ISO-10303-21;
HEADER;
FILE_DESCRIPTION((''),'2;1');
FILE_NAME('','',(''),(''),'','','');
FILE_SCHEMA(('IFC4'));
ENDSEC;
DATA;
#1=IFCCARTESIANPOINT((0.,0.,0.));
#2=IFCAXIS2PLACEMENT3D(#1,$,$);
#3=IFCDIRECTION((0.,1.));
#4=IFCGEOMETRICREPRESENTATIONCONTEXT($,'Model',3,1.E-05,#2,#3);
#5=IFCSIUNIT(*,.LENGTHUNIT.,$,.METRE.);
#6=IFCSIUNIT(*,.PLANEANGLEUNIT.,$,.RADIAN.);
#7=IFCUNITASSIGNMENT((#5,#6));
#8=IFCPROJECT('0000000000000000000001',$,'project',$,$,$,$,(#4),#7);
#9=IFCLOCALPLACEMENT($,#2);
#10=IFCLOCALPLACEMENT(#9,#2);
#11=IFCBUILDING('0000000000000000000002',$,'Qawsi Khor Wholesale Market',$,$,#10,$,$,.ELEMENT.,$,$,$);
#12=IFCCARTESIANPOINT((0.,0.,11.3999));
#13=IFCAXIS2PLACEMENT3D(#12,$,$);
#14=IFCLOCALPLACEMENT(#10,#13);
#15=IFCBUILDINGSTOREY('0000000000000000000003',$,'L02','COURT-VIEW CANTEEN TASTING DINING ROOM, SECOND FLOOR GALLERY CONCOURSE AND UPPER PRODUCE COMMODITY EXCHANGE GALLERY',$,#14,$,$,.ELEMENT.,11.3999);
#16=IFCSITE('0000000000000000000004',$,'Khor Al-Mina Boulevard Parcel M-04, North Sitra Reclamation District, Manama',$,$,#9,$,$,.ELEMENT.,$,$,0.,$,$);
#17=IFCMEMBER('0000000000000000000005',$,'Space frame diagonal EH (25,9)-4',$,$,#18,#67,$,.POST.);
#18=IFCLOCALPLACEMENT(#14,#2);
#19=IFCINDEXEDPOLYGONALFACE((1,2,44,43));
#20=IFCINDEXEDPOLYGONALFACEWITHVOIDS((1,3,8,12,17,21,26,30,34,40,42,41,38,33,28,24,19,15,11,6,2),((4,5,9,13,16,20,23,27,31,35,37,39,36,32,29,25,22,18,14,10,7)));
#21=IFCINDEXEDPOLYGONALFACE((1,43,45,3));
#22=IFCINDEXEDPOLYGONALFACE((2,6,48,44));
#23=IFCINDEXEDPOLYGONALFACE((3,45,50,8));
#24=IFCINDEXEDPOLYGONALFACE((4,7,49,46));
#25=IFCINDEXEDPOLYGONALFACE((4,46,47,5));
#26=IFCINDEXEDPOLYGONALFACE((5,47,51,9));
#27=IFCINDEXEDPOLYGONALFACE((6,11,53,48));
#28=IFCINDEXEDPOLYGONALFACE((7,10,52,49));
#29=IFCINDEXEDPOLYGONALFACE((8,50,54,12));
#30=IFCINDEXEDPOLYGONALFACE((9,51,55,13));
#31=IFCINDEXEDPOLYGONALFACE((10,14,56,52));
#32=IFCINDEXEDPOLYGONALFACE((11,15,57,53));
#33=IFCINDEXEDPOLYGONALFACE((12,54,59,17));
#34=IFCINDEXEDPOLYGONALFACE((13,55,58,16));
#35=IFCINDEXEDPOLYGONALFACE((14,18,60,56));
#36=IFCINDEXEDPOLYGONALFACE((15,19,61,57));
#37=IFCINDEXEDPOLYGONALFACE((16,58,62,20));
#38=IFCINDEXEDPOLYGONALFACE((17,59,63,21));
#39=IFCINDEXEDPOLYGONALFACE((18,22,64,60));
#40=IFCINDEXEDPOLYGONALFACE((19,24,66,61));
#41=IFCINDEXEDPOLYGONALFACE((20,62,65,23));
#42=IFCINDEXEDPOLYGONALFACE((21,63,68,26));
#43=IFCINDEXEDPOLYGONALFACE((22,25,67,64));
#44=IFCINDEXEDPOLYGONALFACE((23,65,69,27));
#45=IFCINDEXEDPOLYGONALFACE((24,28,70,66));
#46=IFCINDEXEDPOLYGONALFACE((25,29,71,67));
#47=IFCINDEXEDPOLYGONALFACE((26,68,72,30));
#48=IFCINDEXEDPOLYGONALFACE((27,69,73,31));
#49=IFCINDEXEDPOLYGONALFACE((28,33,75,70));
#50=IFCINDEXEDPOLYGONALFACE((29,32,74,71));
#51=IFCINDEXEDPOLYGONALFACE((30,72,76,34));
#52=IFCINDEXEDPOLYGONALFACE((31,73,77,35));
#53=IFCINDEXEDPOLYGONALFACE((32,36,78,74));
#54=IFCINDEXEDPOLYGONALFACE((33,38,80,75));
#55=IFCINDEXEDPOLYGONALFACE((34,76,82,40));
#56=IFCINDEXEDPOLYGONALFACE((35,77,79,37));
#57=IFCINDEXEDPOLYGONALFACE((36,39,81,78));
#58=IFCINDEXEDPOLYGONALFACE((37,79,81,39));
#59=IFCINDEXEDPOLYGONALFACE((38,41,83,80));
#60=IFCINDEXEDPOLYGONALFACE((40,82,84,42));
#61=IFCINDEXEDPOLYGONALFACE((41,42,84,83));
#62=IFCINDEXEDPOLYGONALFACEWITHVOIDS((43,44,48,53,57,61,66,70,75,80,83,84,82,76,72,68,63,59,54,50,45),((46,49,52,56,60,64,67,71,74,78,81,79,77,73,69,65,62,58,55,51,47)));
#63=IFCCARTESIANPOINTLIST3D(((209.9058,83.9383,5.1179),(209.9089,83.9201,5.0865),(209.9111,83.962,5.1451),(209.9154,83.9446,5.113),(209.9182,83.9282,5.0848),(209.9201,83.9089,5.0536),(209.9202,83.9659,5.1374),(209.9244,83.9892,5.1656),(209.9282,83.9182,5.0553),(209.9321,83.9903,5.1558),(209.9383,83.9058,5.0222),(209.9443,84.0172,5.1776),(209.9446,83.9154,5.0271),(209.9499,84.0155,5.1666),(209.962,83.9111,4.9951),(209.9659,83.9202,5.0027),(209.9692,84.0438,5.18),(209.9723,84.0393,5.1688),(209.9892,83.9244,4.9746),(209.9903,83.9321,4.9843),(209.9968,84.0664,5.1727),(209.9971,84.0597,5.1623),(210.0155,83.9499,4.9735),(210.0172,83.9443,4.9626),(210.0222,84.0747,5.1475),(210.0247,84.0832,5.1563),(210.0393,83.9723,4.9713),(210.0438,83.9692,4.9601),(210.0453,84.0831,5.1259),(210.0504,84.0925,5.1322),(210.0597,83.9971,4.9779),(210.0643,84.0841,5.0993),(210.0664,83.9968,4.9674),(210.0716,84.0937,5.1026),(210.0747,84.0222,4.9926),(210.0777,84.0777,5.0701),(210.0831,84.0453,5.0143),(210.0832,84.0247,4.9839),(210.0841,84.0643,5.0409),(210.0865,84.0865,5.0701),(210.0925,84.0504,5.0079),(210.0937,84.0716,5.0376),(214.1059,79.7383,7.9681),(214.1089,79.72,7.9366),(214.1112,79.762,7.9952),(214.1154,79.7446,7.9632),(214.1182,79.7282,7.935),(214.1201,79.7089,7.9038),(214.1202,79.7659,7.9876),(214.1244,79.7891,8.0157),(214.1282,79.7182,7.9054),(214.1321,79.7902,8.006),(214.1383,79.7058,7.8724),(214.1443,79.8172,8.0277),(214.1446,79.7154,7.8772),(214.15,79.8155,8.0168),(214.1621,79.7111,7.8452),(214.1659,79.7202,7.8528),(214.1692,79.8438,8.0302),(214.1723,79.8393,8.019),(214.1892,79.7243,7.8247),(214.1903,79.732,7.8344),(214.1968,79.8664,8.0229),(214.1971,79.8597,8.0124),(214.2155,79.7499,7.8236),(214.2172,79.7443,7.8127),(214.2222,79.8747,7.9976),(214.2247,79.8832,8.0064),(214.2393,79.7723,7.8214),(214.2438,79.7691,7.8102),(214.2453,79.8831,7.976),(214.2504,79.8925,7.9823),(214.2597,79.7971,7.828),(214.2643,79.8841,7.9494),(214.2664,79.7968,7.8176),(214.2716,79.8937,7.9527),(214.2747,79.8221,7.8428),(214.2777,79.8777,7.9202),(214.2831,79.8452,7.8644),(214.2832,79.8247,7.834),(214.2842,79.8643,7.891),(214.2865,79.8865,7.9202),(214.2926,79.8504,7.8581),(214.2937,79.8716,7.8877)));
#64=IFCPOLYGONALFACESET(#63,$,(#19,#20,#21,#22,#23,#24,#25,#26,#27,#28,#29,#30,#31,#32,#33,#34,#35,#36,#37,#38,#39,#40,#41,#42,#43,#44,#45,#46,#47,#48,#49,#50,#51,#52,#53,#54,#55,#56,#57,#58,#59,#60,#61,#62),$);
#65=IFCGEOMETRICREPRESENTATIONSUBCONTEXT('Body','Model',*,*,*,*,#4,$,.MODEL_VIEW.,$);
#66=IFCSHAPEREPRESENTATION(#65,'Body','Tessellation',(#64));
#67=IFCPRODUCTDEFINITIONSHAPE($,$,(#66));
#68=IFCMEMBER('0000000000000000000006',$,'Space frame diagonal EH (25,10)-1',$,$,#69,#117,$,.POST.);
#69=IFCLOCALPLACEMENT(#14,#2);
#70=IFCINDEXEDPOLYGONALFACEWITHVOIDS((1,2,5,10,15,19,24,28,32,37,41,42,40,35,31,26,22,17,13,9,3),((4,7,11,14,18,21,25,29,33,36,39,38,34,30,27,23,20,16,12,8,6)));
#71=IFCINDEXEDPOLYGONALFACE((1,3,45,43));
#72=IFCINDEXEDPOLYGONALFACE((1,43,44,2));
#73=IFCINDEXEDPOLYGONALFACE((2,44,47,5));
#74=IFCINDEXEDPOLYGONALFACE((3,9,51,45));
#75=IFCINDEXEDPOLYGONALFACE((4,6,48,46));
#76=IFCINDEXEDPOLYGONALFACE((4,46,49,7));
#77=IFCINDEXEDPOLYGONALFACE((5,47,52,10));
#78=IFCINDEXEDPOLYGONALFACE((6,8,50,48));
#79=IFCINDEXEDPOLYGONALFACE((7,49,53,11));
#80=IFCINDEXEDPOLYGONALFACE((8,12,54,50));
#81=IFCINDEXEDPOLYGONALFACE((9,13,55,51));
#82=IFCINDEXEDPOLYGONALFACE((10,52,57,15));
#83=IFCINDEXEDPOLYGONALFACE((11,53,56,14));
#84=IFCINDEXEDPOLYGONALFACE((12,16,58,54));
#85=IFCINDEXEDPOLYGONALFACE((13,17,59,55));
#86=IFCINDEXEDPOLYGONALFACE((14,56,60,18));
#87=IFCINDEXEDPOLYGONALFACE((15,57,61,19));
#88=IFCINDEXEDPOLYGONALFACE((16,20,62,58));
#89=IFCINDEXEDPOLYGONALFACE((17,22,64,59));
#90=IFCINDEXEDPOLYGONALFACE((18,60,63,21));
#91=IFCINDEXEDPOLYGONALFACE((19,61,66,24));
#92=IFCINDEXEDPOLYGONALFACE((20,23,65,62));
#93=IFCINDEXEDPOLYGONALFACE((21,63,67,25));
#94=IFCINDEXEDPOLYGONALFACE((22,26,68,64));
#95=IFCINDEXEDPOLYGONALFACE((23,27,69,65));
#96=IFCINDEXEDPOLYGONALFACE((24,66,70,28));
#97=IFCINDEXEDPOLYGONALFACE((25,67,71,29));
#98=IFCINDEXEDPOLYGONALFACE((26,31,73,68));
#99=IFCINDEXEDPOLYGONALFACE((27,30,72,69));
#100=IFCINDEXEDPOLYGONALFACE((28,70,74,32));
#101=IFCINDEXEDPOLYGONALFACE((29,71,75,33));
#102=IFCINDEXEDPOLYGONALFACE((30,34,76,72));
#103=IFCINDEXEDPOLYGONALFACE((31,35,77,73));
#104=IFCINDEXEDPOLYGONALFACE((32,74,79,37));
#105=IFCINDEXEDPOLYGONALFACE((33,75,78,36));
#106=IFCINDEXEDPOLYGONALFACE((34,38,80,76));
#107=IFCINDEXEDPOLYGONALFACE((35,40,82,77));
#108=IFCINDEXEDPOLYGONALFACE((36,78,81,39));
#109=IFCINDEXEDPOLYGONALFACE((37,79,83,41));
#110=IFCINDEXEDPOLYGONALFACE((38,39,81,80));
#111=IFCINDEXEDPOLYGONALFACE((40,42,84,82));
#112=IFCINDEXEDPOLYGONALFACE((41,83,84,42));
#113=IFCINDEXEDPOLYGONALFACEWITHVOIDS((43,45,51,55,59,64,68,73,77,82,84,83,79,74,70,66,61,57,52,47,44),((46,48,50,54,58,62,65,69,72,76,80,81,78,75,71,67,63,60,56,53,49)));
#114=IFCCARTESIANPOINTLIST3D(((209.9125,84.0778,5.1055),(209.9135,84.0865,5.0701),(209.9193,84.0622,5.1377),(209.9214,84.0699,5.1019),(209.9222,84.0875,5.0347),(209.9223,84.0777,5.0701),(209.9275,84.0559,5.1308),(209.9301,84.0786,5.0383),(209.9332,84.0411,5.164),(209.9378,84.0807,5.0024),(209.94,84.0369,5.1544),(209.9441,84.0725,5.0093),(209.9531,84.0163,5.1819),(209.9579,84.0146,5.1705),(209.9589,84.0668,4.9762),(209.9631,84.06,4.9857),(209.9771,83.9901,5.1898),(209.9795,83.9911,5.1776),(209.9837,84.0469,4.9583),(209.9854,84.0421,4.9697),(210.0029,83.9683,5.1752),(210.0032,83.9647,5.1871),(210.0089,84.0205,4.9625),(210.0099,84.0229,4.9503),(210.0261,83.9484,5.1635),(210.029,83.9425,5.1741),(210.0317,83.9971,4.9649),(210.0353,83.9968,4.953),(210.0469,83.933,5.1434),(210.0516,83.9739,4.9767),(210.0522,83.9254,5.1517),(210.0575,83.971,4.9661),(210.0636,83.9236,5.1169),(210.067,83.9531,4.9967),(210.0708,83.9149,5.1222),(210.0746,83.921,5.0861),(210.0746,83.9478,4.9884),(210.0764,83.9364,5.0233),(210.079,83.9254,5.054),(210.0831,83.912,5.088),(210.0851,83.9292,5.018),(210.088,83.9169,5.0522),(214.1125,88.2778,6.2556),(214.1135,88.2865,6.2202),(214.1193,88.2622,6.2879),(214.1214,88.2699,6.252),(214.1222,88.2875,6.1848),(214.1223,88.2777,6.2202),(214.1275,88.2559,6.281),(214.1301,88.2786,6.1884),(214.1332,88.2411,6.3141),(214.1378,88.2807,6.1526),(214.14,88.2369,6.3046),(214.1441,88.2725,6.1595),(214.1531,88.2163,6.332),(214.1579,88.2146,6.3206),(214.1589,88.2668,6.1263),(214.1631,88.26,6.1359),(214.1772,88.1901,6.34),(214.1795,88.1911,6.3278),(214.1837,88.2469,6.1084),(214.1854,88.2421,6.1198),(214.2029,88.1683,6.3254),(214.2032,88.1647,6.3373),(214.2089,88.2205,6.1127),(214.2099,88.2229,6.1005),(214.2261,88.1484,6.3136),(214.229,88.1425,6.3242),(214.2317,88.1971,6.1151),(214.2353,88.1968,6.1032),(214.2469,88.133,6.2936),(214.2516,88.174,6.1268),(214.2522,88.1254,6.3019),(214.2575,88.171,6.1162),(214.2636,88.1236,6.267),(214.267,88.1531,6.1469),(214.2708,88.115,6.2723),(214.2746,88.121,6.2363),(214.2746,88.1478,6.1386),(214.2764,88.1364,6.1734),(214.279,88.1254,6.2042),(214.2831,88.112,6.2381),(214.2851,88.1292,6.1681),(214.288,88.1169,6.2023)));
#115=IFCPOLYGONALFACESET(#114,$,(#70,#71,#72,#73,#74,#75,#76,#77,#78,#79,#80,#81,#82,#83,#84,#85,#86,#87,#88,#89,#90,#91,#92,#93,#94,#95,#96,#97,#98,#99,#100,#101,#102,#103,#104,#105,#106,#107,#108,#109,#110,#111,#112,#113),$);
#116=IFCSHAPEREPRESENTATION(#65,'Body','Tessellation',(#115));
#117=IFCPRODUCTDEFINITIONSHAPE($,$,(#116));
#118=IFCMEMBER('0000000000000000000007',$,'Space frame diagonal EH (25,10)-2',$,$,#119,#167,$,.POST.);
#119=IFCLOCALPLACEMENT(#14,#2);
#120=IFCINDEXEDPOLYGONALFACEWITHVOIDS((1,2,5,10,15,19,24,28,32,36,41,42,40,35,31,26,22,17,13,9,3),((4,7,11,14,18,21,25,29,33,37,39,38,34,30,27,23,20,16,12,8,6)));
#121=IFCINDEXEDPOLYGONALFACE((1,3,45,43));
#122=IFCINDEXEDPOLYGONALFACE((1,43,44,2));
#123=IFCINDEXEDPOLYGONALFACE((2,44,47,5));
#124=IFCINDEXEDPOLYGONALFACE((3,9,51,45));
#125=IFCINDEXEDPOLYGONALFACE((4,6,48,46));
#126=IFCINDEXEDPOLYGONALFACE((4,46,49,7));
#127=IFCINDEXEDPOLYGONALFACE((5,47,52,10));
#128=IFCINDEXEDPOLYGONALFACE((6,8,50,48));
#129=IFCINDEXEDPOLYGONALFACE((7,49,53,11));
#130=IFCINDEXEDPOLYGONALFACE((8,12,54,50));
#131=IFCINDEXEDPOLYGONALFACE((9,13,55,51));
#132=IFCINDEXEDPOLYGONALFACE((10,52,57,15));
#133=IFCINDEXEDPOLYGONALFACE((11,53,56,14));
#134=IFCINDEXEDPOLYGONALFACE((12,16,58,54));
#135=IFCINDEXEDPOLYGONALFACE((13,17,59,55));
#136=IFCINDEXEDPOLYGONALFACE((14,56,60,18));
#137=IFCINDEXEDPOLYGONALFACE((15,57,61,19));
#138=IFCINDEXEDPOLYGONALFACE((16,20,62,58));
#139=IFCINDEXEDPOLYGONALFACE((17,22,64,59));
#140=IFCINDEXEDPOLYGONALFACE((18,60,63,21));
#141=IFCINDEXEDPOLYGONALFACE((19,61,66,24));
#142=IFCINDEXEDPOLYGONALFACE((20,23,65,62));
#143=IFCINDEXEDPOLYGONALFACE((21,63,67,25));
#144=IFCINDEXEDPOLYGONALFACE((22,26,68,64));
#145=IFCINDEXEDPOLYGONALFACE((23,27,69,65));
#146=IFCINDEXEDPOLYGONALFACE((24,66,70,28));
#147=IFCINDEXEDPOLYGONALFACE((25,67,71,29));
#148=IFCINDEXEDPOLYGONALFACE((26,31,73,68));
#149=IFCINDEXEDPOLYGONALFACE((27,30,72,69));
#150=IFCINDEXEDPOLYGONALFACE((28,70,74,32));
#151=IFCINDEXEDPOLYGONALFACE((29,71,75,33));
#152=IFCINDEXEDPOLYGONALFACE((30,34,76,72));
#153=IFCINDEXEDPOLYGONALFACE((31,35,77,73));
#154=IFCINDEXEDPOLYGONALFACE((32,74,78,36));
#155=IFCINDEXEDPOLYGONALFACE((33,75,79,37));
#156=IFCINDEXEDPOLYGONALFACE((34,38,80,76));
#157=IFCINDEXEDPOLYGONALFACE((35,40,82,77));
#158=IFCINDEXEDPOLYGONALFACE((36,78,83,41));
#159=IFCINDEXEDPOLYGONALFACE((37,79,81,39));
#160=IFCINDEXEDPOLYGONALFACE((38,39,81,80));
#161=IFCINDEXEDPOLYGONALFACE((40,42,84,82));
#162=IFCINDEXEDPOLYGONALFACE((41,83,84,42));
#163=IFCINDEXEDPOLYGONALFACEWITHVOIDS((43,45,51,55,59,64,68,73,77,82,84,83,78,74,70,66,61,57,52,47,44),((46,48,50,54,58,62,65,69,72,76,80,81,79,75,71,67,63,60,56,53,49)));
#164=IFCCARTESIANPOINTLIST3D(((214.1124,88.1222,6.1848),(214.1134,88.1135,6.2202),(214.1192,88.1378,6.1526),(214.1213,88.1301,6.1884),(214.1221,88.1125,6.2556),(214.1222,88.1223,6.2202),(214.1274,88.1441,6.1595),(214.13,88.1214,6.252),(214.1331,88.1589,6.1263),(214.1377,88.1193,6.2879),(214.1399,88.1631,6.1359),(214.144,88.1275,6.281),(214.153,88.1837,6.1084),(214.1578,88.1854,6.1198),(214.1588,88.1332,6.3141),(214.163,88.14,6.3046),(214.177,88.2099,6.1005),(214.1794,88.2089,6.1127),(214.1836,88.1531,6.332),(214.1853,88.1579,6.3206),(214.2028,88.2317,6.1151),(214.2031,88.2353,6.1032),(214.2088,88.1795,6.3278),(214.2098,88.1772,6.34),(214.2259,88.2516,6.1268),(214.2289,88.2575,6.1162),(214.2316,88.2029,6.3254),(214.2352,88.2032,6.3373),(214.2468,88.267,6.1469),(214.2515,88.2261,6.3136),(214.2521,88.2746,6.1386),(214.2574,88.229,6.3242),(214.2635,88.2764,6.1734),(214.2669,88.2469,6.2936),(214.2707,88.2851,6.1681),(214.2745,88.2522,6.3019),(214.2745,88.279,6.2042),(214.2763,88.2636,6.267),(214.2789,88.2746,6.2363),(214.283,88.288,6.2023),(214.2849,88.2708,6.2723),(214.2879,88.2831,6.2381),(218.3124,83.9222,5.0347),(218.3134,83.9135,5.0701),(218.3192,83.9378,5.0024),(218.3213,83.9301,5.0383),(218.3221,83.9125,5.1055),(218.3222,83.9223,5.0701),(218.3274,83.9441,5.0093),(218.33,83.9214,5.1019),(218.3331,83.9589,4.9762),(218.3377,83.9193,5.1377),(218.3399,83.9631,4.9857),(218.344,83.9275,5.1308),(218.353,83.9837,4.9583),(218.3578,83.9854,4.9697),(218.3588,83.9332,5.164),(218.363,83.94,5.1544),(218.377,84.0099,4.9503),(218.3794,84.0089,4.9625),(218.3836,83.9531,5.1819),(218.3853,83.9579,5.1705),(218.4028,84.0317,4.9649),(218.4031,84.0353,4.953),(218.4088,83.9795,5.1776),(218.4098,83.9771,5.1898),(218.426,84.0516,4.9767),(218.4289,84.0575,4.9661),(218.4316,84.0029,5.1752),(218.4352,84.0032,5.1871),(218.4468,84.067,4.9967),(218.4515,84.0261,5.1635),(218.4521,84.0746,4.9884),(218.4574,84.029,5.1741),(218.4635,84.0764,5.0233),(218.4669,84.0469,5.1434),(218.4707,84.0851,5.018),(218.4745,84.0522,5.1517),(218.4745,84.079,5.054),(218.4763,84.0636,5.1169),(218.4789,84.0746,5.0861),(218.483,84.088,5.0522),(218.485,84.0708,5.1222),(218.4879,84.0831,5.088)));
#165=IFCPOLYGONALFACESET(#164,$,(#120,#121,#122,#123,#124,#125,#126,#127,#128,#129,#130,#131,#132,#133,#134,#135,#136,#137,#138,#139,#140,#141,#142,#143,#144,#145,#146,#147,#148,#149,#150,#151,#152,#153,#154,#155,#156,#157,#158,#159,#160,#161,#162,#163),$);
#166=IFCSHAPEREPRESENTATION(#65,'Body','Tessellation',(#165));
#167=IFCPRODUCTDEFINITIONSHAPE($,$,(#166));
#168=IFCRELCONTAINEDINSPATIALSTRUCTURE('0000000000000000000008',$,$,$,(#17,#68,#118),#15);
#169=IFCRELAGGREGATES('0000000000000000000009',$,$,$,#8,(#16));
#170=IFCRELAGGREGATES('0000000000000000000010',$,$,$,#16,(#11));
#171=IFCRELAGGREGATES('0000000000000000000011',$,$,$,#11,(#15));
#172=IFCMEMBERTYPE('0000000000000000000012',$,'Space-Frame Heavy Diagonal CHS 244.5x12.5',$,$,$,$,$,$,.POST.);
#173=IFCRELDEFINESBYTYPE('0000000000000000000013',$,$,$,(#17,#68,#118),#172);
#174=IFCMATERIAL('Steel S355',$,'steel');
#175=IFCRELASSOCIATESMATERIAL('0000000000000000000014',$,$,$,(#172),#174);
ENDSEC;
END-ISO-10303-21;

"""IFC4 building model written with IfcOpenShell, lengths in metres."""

from ifc_helpers import new_model, si_unit, direction, frame, origin, origin_2d, place, context, subcontext, project, spatial, hollow_circle, extrude, material, material_profile, profile_set, type_object, element, save


model = new_model("IFC4")

# Units and contexts
model_context = context("Model", 3, precision=1e-05, world=origin(), true_north=direction((0.0, 1.0)))
body_context = subcontext(model_context, "Body", "Model", "MODEL_VIEW")
ifc_project = project(units=[si_unit("LENGTHUNIT", "METRE"), si_unit("PLANEANGLEUNIT", "RADIAN")], contexts=[model_context])

# Site, building, storey
site_placement = place(None, origin())
site = spatial("IfcSite", under=ifc_project, at=site_placement, Name="Khor Al-Mina Boulevard Parcel M-04, North Sitra Reclamation District, Manama", CompositionType="ELEMENT", RefElevation=0.0)
building_placement = place(site_placement, origin())
building = spatial("IfcBuilding", under=site, at=building_placement, Name="Qawsi Khor Wholesale Market", CompositionType="ELEMENT")
storey_placement = place(building_placement, frame((0.0, 0.0, 11.3999)))
storey = spatial("IfcBuildingStorey", under=building, at=storey_placement, Name="L02", Description="COURT-VIEW CANTEEN TASTING DINING ROOM, SECOND FLOOR GALLERY CONCOURSE AND UPPER PRODUCE COMMODITY EXCHANGE GALLERY", CompositionType="ELEMENT", Elevation=11.3999)

# Members
ifc_material_1 = material(Name="Steel S355", Category="steel")
ifc_material_profile_1 = material_profile(ifc_material_1, hollow_circle(Radius=0.1223, WallThickness=0.0125, at=origin_2d()), Name="CHS 244.5x12.5")
ifc_profile_set_1 = profile_set([ifc_material_profile_1], Name="Steel S355")
member_type_1 = type_object("IfcMemberType", Name="Space-Frame Heavy Diagonal CHS 244.5x12.5", PredefinedType="POST", material=ifc_profile_set_1)
for number, where, z_axis, x_axis, name in (
    (1, (210.0, 84.0, 5.0701), (0.637512, -0.637512, 0.432617), (0.707107, 0.707107, 0.0), "Space frame diagonal EH (25,9)-4"),
):
    element("IfcMember", number, at=place(storey_placement, frame(where, z_axis=z_axis, x_axis=x_axis)), inside=storey, type_object=member_type_1, Name=name, PredefinedType="POST", context=body_context, shape_type="SweptSolid", body=[
        extrude(hollow_circle(Radius=0.1223, WallThickness=0.0125, at=origin_2d()), origin(), (0.0, 0.0, 1.0), 6.5881),
    ])
for number, where, z_axis, x_axis, name in (
    (2, (210.0, 84.0, 5.0701), (0.694211, 0.694211, 0.190108), (-0.707107, 0.707107, 0.0), "Space frame diagonal EH (25,10)-1"),
    (3, (218.3999, 84.0, 5.0701), (-0.694211, 0.694211, 0.190108), (-0.707107, -0.707107, 0.0), "Space frame diagonal EH (25,10)-2"),
):
    element("IfcMember", number, at=place(storey_placement, frame(where, z_axis=z_axis, x_axis=x_axis)), inside=storey, type_object=member_type_1, Name=name, PredefinedType="POST", context=body_context, shape_type="SweptSolid", body=[
        extrude(hollow_circle(Radius=0.1223, WallThickness=0.0125, at=origin_2d()), origin(), (0.0, 0.0, 1.0), 6.05),
    ])

save(model, "model.ifc")
